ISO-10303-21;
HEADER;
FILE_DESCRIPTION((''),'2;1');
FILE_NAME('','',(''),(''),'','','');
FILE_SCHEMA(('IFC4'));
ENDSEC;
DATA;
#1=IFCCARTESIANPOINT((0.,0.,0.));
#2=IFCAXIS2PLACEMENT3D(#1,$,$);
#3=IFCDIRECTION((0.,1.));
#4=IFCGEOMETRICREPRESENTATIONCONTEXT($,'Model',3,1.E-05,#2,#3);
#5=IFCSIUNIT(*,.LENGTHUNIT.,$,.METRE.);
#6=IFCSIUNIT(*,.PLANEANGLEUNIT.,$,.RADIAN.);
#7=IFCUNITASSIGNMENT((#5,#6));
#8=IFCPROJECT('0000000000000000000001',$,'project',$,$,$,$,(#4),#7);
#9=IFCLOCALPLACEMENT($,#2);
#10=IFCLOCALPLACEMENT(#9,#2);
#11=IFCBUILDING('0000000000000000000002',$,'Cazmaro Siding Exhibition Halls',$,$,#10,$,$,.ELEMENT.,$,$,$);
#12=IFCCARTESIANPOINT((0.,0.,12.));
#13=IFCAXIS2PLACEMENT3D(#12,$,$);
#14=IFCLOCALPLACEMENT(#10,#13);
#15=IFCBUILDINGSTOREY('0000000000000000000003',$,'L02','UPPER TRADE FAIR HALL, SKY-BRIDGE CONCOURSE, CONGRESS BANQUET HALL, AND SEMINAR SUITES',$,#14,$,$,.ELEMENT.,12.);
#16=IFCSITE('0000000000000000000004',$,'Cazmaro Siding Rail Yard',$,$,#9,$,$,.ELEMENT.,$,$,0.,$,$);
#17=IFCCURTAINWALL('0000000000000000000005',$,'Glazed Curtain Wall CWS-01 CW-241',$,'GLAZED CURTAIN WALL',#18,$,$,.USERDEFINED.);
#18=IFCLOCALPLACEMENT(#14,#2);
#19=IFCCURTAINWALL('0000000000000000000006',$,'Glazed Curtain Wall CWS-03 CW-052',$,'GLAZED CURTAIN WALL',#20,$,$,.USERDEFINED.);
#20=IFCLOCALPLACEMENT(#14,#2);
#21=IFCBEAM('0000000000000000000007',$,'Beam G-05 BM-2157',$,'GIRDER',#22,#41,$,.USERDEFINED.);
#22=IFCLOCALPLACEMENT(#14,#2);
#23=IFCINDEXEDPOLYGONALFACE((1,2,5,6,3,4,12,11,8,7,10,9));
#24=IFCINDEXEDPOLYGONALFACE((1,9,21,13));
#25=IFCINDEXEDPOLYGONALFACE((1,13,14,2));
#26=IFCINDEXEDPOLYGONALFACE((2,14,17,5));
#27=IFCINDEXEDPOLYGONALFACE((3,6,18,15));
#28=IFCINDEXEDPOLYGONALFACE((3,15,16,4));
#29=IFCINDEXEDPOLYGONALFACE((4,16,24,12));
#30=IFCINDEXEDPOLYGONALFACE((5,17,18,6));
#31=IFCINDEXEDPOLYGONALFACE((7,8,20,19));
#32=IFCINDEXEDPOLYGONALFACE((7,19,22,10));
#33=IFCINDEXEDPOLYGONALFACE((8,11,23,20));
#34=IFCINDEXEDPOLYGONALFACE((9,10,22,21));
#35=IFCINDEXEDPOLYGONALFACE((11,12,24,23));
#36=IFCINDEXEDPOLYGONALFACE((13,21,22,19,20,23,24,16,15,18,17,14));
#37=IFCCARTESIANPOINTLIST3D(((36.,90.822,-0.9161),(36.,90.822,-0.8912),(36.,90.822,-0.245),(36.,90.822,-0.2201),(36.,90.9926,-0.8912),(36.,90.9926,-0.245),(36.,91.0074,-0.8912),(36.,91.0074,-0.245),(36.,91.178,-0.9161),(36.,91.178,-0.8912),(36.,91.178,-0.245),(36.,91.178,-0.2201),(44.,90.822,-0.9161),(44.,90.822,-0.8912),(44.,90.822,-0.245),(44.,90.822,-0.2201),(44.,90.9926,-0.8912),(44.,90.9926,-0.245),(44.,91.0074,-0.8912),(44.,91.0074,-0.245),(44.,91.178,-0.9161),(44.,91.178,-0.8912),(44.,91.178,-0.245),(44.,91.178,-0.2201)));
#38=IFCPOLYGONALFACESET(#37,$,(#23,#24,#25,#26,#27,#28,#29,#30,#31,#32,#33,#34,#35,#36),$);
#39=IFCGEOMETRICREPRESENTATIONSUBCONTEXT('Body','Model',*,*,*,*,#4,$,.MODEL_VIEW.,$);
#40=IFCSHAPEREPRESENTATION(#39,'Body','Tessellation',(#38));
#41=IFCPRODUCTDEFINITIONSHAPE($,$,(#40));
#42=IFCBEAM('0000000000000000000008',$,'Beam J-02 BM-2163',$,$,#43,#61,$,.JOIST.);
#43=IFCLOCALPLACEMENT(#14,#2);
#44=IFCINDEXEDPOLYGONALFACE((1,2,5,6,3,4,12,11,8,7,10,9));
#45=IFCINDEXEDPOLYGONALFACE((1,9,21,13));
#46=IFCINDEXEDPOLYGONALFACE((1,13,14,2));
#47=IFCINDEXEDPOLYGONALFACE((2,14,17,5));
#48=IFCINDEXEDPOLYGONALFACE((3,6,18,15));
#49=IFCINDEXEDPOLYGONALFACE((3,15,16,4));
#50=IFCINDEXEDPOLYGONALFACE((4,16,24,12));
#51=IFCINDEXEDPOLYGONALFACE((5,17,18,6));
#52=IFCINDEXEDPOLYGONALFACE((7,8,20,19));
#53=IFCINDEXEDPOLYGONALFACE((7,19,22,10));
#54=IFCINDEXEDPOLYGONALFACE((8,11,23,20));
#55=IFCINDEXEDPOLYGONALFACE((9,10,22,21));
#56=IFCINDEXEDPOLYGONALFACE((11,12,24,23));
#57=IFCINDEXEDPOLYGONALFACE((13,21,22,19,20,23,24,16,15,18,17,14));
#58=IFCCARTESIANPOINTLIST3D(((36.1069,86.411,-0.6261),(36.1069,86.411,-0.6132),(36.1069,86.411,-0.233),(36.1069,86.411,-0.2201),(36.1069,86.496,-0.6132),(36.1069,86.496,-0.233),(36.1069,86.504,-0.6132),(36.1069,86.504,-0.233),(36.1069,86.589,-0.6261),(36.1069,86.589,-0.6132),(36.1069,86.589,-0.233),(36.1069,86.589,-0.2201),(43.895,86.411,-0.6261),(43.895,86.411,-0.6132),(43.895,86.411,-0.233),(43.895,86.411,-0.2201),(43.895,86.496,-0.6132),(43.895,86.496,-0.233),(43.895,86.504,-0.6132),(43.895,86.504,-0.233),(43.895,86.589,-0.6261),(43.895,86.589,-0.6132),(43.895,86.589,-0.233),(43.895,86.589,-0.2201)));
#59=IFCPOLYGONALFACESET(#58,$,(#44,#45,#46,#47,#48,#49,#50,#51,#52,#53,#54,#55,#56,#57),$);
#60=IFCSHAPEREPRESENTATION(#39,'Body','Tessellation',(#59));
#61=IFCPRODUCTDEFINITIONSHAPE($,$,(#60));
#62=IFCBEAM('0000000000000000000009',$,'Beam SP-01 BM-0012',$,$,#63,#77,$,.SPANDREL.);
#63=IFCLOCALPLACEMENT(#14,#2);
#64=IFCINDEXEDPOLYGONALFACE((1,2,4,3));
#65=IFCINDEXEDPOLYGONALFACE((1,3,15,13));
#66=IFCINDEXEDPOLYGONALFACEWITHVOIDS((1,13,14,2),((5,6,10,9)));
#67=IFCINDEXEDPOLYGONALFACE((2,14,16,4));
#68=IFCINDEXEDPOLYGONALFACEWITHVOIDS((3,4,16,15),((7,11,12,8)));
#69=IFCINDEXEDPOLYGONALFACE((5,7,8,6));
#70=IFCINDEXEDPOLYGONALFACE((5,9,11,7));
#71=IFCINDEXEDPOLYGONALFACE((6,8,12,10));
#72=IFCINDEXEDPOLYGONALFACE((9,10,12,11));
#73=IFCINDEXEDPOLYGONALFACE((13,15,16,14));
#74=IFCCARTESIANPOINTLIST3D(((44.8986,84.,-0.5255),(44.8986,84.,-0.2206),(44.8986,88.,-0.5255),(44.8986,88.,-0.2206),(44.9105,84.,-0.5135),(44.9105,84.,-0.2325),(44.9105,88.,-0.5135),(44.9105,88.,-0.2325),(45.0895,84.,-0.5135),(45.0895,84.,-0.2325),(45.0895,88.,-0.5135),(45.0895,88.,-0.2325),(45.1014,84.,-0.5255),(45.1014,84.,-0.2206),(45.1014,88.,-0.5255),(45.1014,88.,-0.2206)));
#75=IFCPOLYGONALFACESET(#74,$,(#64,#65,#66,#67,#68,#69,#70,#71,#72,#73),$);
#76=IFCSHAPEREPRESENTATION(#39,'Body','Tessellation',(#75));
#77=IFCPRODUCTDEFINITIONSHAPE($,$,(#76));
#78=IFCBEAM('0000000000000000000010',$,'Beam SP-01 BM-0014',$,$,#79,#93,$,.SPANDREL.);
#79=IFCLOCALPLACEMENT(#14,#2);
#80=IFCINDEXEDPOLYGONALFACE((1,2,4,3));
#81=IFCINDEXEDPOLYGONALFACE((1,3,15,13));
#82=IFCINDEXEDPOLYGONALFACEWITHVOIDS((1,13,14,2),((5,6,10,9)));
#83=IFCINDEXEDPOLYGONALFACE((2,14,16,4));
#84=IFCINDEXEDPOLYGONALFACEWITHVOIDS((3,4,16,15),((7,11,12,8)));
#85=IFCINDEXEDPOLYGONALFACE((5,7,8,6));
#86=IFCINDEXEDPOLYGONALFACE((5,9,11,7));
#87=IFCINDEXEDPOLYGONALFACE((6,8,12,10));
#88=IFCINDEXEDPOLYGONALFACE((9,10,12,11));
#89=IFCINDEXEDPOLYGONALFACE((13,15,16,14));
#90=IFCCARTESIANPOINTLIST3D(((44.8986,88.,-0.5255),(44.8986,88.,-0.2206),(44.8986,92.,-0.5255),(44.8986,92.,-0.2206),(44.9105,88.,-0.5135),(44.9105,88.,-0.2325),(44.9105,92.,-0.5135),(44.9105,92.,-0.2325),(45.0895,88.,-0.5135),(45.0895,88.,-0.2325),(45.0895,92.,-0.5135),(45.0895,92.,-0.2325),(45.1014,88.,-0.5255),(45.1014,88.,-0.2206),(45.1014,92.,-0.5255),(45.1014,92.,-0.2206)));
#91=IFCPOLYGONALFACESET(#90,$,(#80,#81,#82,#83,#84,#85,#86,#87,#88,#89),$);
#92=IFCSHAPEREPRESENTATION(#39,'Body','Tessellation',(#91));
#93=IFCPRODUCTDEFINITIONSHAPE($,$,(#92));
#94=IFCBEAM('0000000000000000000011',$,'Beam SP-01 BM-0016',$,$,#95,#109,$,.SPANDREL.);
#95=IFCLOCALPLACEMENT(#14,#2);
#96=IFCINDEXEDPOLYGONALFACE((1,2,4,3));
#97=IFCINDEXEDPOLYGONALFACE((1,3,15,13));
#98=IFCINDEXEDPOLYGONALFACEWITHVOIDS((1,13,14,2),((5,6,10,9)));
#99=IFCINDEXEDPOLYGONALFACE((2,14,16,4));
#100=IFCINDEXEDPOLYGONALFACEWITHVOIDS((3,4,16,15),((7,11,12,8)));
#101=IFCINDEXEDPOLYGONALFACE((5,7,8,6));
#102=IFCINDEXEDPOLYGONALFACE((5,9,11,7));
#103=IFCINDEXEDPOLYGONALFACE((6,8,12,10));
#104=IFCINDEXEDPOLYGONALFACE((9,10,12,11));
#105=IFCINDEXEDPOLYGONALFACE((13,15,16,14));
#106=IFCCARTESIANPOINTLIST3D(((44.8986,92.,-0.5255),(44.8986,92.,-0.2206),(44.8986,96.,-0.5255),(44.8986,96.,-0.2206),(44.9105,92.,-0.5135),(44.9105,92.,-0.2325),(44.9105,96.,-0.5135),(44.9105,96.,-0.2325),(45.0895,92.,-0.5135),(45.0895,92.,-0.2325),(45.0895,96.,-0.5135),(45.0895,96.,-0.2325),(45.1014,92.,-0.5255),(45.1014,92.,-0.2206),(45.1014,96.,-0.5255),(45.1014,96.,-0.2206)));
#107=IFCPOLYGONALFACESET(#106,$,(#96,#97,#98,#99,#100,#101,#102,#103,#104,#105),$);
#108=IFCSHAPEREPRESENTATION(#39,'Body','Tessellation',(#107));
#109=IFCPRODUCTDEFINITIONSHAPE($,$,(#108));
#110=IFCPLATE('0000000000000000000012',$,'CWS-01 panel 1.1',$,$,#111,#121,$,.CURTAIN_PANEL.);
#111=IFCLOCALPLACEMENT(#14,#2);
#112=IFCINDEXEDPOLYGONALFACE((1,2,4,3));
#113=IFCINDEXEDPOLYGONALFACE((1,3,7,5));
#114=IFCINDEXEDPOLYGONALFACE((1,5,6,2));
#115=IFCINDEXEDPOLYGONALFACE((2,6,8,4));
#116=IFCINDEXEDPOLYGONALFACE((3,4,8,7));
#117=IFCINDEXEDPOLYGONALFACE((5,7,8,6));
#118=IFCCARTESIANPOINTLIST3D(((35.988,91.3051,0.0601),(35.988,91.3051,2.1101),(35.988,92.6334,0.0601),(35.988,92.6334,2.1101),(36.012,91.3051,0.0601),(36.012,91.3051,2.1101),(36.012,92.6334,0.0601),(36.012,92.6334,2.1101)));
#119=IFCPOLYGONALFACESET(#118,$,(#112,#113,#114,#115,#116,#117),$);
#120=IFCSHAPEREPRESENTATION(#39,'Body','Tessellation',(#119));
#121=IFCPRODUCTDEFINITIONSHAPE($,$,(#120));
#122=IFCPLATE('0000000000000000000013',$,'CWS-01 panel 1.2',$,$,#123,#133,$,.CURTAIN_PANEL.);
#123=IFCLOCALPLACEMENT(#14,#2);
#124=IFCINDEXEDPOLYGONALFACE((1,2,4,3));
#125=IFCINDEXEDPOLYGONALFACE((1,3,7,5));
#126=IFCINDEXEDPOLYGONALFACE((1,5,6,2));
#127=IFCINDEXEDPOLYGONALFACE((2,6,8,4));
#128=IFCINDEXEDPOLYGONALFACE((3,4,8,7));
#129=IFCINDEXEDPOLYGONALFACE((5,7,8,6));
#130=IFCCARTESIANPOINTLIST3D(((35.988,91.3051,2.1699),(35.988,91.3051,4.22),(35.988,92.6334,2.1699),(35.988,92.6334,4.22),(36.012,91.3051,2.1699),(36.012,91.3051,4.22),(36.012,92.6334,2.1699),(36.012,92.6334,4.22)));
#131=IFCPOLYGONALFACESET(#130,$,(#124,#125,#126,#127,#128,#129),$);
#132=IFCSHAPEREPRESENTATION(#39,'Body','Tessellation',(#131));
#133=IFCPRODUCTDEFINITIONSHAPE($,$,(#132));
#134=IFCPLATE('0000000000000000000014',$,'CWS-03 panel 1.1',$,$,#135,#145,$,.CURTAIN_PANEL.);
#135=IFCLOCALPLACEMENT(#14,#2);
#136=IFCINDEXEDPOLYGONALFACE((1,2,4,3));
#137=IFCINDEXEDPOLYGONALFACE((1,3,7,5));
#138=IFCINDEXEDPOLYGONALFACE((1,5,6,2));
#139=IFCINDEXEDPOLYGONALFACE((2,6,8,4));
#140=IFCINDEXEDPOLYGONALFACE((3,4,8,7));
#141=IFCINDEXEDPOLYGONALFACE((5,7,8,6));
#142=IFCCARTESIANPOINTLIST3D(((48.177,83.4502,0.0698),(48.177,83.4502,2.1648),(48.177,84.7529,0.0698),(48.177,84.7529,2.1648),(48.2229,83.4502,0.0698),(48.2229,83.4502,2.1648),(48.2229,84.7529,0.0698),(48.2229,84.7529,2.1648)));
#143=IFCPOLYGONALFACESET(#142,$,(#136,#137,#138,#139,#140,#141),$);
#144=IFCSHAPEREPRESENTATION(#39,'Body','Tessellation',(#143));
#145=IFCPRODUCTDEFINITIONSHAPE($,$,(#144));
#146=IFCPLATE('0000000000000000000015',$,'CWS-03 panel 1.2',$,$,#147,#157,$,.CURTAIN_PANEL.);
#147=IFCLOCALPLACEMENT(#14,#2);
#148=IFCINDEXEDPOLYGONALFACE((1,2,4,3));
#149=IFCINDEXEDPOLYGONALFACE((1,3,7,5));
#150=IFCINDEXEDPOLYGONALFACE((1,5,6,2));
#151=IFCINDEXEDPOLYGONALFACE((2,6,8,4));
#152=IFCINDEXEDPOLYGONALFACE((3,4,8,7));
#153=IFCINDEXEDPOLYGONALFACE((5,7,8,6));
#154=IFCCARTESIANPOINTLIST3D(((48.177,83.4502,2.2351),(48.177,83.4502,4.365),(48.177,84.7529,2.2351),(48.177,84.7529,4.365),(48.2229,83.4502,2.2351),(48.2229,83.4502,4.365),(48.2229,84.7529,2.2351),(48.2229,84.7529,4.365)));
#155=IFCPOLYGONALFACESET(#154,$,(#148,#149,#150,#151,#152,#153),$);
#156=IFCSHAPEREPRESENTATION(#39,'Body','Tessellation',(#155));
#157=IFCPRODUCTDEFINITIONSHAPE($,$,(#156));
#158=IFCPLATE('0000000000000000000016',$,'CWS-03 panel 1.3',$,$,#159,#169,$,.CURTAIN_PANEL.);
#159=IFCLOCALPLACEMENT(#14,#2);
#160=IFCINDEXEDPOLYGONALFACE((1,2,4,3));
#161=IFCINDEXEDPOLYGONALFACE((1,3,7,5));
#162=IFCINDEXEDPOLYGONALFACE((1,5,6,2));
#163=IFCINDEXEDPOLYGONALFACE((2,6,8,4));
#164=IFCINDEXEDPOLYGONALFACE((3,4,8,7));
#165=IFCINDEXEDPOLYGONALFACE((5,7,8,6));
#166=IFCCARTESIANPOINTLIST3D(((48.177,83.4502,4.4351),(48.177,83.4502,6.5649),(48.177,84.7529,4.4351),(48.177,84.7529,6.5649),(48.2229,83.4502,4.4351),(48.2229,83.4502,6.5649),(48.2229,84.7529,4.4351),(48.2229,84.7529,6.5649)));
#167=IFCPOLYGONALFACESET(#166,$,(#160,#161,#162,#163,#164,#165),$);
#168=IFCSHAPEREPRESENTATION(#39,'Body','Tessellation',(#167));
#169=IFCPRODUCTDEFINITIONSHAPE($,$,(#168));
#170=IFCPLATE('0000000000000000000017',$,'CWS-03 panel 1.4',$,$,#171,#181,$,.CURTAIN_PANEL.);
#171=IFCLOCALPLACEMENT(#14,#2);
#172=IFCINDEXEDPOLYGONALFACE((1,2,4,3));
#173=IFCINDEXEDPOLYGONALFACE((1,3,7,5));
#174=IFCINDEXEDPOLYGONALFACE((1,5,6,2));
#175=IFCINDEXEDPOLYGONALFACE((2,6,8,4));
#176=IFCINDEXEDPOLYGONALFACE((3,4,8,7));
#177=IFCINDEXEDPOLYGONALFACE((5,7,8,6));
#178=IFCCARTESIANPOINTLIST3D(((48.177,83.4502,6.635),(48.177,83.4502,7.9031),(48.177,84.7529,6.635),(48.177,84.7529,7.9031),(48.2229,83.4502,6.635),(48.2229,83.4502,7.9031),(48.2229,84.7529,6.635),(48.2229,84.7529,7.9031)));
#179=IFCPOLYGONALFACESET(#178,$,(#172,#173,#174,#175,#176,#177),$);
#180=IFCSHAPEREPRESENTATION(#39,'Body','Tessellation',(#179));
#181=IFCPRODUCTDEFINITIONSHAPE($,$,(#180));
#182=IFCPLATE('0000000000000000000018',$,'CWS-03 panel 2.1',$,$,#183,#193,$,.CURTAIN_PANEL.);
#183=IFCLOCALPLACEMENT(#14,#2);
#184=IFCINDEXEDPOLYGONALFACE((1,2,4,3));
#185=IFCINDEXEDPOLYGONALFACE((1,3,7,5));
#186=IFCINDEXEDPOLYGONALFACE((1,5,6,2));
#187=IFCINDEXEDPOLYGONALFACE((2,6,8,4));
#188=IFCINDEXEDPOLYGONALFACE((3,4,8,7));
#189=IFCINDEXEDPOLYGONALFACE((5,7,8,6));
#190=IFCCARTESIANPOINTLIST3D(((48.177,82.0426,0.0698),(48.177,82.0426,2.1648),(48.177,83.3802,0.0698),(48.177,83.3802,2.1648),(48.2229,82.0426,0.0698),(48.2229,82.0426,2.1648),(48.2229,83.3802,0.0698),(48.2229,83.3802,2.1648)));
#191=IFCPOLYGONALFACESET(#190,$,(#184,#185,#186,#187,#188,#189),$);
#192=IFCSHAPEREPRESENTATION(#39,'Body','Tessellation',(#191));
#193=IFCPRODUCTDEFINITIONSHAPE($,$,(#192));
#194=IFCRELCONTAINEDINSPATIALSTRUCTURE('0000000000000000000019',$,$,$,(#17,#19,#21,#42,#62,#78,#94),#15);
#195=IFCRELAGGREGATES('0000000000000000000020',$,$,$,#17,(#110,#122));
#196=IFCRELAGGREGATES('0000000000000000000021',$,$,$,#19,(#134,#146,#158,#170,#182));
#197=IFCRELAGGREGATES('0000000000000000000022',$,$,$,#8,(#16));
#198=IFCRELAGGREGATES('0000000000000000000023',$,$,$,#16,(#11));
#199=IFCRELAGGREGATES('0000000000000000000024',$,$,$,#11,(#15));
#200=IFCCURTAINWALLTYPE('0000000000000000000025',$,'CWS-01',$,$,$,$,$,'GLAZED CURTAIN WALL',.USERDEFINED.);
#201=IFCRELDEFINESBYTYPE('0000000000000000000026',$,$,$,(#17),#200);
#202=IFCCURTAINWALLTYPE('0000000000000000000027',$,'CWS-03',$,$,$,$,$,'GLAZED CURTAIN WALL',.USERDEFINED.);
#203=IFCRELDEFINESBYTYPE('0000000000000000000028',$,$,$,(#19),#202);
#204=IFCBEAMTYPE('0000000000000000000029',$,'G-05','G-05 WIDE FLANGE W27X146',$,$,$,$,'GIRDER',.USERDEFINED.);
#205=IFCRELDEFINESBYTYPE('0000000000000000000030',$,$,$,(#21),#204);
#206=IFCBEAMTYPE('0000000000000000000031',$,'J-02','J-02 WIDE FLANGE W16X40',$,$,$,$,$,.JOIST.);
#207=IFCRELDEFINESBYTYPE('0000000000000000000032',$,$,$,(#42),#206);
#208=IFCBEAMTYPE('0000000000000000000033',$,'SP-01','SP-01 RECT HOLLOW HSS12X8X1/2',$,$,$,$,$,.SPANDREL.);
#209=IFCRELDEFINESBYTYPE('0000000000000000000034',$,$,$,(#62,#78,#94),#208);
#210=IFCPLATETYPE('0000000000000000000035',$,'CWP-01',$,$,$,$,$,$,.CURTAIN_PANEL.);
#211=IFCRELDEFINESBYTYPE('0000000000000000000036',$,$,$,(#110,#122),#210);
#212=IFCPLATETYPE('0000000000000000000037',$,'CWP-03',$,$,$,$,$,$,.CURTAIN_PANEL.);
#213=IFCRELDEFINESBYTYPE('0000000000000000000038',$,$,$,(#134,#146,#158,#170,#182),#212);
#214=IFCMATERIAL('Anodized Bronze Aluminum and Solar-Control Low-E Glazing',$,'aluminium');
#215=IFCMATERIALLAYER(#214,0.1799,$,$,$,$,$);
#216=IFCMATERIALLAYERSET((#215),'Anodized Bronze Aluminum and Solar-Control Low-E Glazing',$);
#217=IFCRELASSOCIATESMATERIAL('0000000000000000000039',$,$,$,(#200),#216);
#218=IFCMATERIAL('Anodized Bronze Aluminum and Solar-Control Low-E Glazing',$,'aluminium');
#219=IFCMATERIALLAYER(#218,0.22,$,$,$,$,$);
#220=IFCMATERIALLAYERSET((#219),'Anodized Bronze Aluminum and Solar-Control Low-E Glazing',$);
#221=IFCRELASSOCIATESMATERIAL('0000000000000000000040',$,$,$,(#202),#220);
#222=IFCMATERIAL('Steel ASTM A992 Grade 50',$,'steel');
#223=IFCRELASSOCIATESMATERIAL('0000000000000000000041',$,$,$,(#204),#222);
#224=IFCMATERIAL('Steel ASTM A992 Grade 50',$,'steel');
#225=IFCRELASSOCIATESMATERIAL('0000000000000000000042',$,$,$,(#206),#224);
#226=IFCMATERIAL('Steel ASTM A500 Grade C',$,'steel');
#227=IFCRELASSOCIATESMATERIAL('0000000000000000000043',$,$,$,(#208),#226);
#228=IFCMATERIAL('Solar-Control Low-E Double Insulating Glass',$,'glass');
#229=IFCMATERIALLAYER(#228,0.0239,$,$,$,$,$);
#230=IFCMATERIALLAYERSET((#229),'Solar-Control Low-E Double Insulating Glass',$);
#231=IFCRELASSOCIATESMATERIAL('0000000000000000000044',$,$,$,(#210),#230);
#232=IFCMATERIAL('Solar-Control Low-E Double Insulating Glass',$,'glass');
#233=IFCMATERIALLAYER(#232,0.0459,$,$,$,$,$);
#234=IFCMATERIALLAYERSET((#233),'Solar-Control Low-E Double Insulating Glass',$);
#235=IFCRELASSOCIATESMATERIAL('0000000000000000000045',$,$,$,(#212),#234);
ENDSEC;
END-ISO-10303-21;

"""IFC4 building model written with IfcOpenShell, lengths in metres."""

from ifc_helpers import new_model, si_unit, direction, frame, origin, origin_2d, place, context, subcontext, project, spatial, rectangle, hollow_rectangle, i_section, extrude, material, layer, layer_set, material_profile, profile_set, type_object, element, aggregate, save


model = new_model("IFC4")

# Units and contexts
model_context = context("Model", 3, precision=1e-05, world=origin(), true_north=direction((0.0, 1.0)))
body_context = subcontext(model_context, "Body", "Model", "MODEL_VIEW")
ifc_project = project(units=[si_unit("LENGTHUNIT", "METRE"), si_unit("PLANEANGLEUNIT", "RADIAN")], contexts=[model_context])

# Site, building, storey
site_placement = place(None, origin())
site = spatial("IfcSite", under=ifc_project, at=site_placement, Name="Cazmaro Siding Rail Yard", CompositionType="ELEMENT", RefElevation=0.0)
building_placement = place(site_placement, origin())
building = spatial("IfcBuilding", under=site, at=building_placement, Name="Cazmaro Siding Exhibition Halls", CompositionType="ELEMENT")
storey_placement = place(building_placement, frame((0.0, 0.0, 12.0)))
storey = spatial("IfcBuildingStorey", under=building, at=storey_placement, Name="L02", Description="UPPER TRADE FAIR HALL, SKY-BRIDGE CONCOURSE, CONGRESS BANQUET HALL, AND SEMINAR SUITES", CompositionType="ELEMENT", Elevation=12.0)

# Curtain walls
ifc_material_1 = material(Name="Anodized Bronze Aluminum and Solar-Control Low-E Glazing", Category="aluminium")
ifc_layer_1 = layer(ifc_material_1, 0.1799)
ifc_layer_set_1 = layer_set([ifc_layer_1], Name="Anodized Bronze Aluminum and Solar-Control Low-E Glazing")
curtain_wall_type_1 = type_object("IfcCurtainWallType", Name="CWS-01", ElementType="GLAZED CURTAIN WALL", PredefinedType="USERDEFINED", material=ifc_layer_set_1)
curtain_wall_1_placement = place(storey_placement, origin())
curtain_wall_1 = element("IfcCurtainWall", 1, at=curtain_wall_1_placement, inside=storey, type_object=curtain_wall_type_1, Name="Glazed Curtain Wall CWS-01 CW-241", ObjectType="GLAZED CURTAIN WALL", PredefinedType="USERDEFINED")
ifc_material_2 = material(Name="Anodized Bronze Aluminum and Solar-Control Low-E Glazing", Category="aluminium")
ifc_layer_2 = layer(ifc_material_2, 0.22)
ifc_layer_set_2 = layer_set([ifc_layer_2], Name="Anodized Bronze Aluminum and Solar-Control Low-E Glazing")
curtain_wall_type_2 = type_object("IfcCurtainWallType", Name="CWS-03", ElementType="GLAZED CURTAIN WALL", PredefinedType="USERDEFINED", material=ifc_layer_set_2)
curtain_wall_2_placement = place(storey_placement, origin())
curtain_wall_2 = element("IfcCurtainWall", 2, at=curtain_wall_2_placement, inside=storey, type_object=curtain_wall_type_2, Name="Glazed Curtain Wall CWS-03 CW-052", ObjectType="GLAZED CURTAIN WALL", PredefinedType="USERDEFINED")

# Beams
ifc_material_3 = material(Name="Steel ASTM A992 Grade 50", Category="steel")
ifc_material_profile_1 = material_profile(ifc_material_3, i_section(OverallWidth=0.356, OverallDepth=0.696, WebThickness=0.0149, FlangeThickness=0.0249, at=origin_2d()), Name="W27X146")
ifc_profile_set_1 = profile_set([ifc_material_profile_1], Name="Steel ASTM A992 Grade 50")
beam_type_1 = type_object("IfcBeamType", Name="G-05", Description="G-05 WIDE FLANGE W27X146", ElementType="GIRDER", PredefinedType="USERDEFINED", material=ifc_profile_set_1)
beam_1_placement = place(storey_placement, frame((36.0, 91.0, -0.5681), z_axis=(1.0, 0.0, 0.0), x_axis=(0.0, 1.0, 0.0)))
element("IfcBeam", 3, at=beam_1_placement, inside=storey, type_object=beam_type_1, Name="Beam G-05 BM-2157", ObjectType="GIRDER", PredefinedType="USERDEFINED", context=body_context, shape_type="SweptSolid", body=[
    extrude(i_section(OverallWidth=0.356, OverallDepth=0.696, WebThickness=0.0149, FlangeThickness=0.0249, at=origin_2d()), origin(), (0.0, 0.0, 1.0), 8.0),
])
ifc_material_4 = material(Name="Steel ASTM A992 Grade 50", Category="steel")
ifc_material_profile_2 = material_profile(ifc_material_4, i_section(OverallWidth=0.178, OverallDepth=0.406, WebThickness=0.0081, FlangeThickness=0.0129, at=origin_2d()), Name="W16X40")
ifc_profile_set_2 = profile_set([ifc_material_profile_2], Name="Steel ASTM A992 Grade 50")
beam_type_2 = type_object("IfcBeamType", Name="J-02", Description="J-02 WIDE FLANGE W16X40", PredefinedType="JOIST", material=ifc_profile_set_2)
beam_2_placement = place(storey_placement, frame((36.1069, 86.5, -0.4231), z_axis=(1.0, 0.0, 0.0), x_axis=(0.0, 1.0, 0.0)))
element("IfcBeam", 4, at=beam_2_placement, inside=storey, type_object=beam_type_2, Name="Beam J-02 BM-2163", PredefinedType="JOIST", context=body_context, shape_type="SweptSolid", body=[
    extrude(i_section(OverallWidth=0.178, OverallDepth=0.406, WebThickness=0.0081, FlangeThickness=0.0129, at=origin_2d()), origin(), (0.0, 0.0, 1.0), 7.7881),
])
ifc_material_5 = material(Name="Steel ASTM A500 Grade C", Category="steel")
ifc_material_profile_3 = material_profile(ifc_material_5, hollow_rectangle(XDim=0.2029, YDim=0.3049, WallThickness=0.012, at=origin_2d()), Name="HSS12X8X1/2")
ifc_profile_set_3 = profile_set([ifc_material_profile_3], Name="Steel ASTM A500 Grade C")
beam_type_3 = type_object("IfcBeamType", Name="SP-01", Description="SP-01 RECT HOLLOW HSS12X8X1/2", PredefinedType="SPANDREL", material=ifc_profile_set_3)
for number, where, z_axis, x_axis, name in (
    (5, (45.0, 84.0, -0.373), (0.0, 1.0, 0.0), (-1.0, 0.0, 0.0), "Beam SP-01 BM-0012"),
    (6, (45.0, 88.0, -0.373), (0.0, 1.0, 0.0), (-1.0, 0.0, 0.0), "Beam SP-01 BM-0014"),
    (7, (45.0, 92.0, -0.373), (0.0, 1.0, 0.0), (-1.0, 0.0, 0.0), "Beam SP-01 BM-0016"),
):
    element("IfcBeam", number, at=place(storey_placement, frame(where, z_axis=z_axis, x_axis=x_axis)), inside=storey, type_object=beam_type_3, Name=name, PredefinedType="SPANDREL", context=body_context, shape_type="SweptSolid", body=[
        extrude(hollow_rectangle(XDim=0.2029, YDim=0.3049, WallThickness=0.012, at=origin_2d()), origin(), (0.0, 0.0, 1.0), 4.0),
    ])

# Plates
ifc_material_6 = material(Name="Solar-Control Low-E Double Insulating Glass", Category="glass")
ifc_layer_3 = layer(ifc_material_6, 0.0239)
ifc_layer_set_3 = layer_set([ifc_layer_3], Name="Solar-Control Low-E Double Insulating Glass")
plate_type_1 = type_object("IfcPlateType", Name="CWP-01", PredefinedType="CURTAIN_PANEL", material=ifc_layer_set_3)
plate_1_placement = place(storey_placement, frame((36.0, 91.9692, 0.0601), z_axis=(0.0, 0.0, 1.0), x_axis=(0.0, 1.0, 0.0)))
plate_1 = element("IfcPlate", 8, at=plate_1_placement, type_object=plate_type_1, Name="CWS-01 panel 1.1", PredefinedType="CURTAIN_PANEL", context=body_context, shape_type="SweptSolid", body=[
    extrude(rectangle(XDim=1.3284, YDim=0.0239, at=origin_2d()), origin(), (0.0, 0.0, 1.0), 2.05),
])
plate_2_placement = place(storey_placement, frame((36.0, 91.9692, 2.1699), z_axis=(0.0, 0.0, 1.0), x_axis=(0.0, 1.0, 0.0)))
plate_2 = element("IfcPlate", 9, at=plate_2_placement, type_object=plate_type_1, Name="CWS-01 panel 1.2", PredefinedType="CURTAIN_PANEL", context=body_context, shape_type="SweptSolid", body=[
    extrude(rectangle(XDim=1.3284, YDim=0.0239, at=origin_2d()), origin(), (0.0, 0.0, 1.0), 2.05),
])
aggregate(curtain_wall_1, [plate_1, plate_2])
ifc_material_7 = material(Name="Solar-Control Low-E Double Insulating Glass", Category="glass")
ifc_layer_4 = layer(ifc_material_7, 0.0459)
ifc_layer_set_4 = layer_set([ifc_layer_4], Name="Solar-Control Low-E Double Insulating Glass")
plate_type_2 = type_object("IfcPlateType", Name="CWP-03", PredefinedType="CURTAIN_PANEL", material=ifc_layer_set_4)
plate_3_placement = place(storey_placement, frame((48.2, 84.1016, 0.0698), z_axis=(0.0, 0.0, 1.0), x_axis=(0.0, -1.0, 0.0)))
plate_3 = element("IfcPlate", 10, at=plate_3_placement, type_object=plate_type_2, Name="CWS-03 panel 1.1", PredefinedType="CURTAIN_PANEL", context=body_context, shape_type="SweptSolid", body=[
    extrude(rectangle(XDim=1.3027, YDim=0.0459, at=origin_2d()), origin(), (0.0, 0.0, 1.0), 2.095),
])
plate_4_placement = place(storey_placement, frame((48.2, 84.1016, 2.2351), z_axis=(0.0, 0.0, 1.0), x_axis=(0.0, -1.0, 0.0)))
plate_4 = element("IfcPlate", 11, at=plate_4_placement, type_object=plate_type_2, Name="CWS-03 panel 1.2", PredefinedType="CURTAIN_PANEL", context=body_context, shape_type="SweptSolid", body=[
    extrude(rectangle(XDim=1.3027, YDim=0.0459, at=origin_2d()), origin(), (0.0, 0.0, 1.0), 2.1299),
])
plate_5_placement = place(storey_placement, frame((48.2, 84.1016, 4.4351), z_axis=(0.0, 0.0, 1.0), x_axis=(0.0, -1.0, 0.0)))
plate_5 = element("IfcPlate", 12, at=plate_5_placement, type_object=plate_type_2, Name="CWS-03 panel 1.3", PredefinedType="CURTAIN_PANEL", context=body_context, shape_type="SweptSolid", body=[
    extrude(rectangle(XDim=1.3027, YDim=0.0459, at=origin_2d()), origin(), (0.0, 0.0, 1.0), 2.1299),
])
plate_6_placement = place(storey_placement, frame((48.2, 84.1016, 6.635), z_axis=(0.0, 0.0, 1.0), x_axis=(0.0, -1.0, 0.0)))
plate_6 = element("IfcPlate", 13, at=plate_6_placement, type_object=plate_type_2, Name="CWS-03 panel 1.4", PredefinedType="CURTAIN_PANEL", context=body_context, shape_type="SweptSolid", body=[
    extrude(rectangle(XDim=1.3027, YDim=0.0459, at=origin_2d()), origin(), (0.0, 0.0, 1.0), 1.2681),
])
plate_7_placement = place(storey_placement, frame((48.2, 82.7114, 0.0698), z_axis=(0.0, 0.0, 1.0), x_axis=(0.0, -1.0, 0.0)))
plate_7 = element("IfcPlate", 14, at=plate_7_placement, type_object=plate_type_2, Name="CWS-03 panel 2.1", PredefinedType="CURTAIN_PANEL", context=body_context, shape_type="SweptSolid", body=[
    extrude(rectangle(XDim=1.3376, YDim=0.0459, at=origin_2d()), origin(), (0.0, 0.0, 1.0), 2.095),
])
aggregate(curtain_wall_2, [plate_3, plate_4, plate_5, plate_6, plate_7])

save(model, "model.ifc")
